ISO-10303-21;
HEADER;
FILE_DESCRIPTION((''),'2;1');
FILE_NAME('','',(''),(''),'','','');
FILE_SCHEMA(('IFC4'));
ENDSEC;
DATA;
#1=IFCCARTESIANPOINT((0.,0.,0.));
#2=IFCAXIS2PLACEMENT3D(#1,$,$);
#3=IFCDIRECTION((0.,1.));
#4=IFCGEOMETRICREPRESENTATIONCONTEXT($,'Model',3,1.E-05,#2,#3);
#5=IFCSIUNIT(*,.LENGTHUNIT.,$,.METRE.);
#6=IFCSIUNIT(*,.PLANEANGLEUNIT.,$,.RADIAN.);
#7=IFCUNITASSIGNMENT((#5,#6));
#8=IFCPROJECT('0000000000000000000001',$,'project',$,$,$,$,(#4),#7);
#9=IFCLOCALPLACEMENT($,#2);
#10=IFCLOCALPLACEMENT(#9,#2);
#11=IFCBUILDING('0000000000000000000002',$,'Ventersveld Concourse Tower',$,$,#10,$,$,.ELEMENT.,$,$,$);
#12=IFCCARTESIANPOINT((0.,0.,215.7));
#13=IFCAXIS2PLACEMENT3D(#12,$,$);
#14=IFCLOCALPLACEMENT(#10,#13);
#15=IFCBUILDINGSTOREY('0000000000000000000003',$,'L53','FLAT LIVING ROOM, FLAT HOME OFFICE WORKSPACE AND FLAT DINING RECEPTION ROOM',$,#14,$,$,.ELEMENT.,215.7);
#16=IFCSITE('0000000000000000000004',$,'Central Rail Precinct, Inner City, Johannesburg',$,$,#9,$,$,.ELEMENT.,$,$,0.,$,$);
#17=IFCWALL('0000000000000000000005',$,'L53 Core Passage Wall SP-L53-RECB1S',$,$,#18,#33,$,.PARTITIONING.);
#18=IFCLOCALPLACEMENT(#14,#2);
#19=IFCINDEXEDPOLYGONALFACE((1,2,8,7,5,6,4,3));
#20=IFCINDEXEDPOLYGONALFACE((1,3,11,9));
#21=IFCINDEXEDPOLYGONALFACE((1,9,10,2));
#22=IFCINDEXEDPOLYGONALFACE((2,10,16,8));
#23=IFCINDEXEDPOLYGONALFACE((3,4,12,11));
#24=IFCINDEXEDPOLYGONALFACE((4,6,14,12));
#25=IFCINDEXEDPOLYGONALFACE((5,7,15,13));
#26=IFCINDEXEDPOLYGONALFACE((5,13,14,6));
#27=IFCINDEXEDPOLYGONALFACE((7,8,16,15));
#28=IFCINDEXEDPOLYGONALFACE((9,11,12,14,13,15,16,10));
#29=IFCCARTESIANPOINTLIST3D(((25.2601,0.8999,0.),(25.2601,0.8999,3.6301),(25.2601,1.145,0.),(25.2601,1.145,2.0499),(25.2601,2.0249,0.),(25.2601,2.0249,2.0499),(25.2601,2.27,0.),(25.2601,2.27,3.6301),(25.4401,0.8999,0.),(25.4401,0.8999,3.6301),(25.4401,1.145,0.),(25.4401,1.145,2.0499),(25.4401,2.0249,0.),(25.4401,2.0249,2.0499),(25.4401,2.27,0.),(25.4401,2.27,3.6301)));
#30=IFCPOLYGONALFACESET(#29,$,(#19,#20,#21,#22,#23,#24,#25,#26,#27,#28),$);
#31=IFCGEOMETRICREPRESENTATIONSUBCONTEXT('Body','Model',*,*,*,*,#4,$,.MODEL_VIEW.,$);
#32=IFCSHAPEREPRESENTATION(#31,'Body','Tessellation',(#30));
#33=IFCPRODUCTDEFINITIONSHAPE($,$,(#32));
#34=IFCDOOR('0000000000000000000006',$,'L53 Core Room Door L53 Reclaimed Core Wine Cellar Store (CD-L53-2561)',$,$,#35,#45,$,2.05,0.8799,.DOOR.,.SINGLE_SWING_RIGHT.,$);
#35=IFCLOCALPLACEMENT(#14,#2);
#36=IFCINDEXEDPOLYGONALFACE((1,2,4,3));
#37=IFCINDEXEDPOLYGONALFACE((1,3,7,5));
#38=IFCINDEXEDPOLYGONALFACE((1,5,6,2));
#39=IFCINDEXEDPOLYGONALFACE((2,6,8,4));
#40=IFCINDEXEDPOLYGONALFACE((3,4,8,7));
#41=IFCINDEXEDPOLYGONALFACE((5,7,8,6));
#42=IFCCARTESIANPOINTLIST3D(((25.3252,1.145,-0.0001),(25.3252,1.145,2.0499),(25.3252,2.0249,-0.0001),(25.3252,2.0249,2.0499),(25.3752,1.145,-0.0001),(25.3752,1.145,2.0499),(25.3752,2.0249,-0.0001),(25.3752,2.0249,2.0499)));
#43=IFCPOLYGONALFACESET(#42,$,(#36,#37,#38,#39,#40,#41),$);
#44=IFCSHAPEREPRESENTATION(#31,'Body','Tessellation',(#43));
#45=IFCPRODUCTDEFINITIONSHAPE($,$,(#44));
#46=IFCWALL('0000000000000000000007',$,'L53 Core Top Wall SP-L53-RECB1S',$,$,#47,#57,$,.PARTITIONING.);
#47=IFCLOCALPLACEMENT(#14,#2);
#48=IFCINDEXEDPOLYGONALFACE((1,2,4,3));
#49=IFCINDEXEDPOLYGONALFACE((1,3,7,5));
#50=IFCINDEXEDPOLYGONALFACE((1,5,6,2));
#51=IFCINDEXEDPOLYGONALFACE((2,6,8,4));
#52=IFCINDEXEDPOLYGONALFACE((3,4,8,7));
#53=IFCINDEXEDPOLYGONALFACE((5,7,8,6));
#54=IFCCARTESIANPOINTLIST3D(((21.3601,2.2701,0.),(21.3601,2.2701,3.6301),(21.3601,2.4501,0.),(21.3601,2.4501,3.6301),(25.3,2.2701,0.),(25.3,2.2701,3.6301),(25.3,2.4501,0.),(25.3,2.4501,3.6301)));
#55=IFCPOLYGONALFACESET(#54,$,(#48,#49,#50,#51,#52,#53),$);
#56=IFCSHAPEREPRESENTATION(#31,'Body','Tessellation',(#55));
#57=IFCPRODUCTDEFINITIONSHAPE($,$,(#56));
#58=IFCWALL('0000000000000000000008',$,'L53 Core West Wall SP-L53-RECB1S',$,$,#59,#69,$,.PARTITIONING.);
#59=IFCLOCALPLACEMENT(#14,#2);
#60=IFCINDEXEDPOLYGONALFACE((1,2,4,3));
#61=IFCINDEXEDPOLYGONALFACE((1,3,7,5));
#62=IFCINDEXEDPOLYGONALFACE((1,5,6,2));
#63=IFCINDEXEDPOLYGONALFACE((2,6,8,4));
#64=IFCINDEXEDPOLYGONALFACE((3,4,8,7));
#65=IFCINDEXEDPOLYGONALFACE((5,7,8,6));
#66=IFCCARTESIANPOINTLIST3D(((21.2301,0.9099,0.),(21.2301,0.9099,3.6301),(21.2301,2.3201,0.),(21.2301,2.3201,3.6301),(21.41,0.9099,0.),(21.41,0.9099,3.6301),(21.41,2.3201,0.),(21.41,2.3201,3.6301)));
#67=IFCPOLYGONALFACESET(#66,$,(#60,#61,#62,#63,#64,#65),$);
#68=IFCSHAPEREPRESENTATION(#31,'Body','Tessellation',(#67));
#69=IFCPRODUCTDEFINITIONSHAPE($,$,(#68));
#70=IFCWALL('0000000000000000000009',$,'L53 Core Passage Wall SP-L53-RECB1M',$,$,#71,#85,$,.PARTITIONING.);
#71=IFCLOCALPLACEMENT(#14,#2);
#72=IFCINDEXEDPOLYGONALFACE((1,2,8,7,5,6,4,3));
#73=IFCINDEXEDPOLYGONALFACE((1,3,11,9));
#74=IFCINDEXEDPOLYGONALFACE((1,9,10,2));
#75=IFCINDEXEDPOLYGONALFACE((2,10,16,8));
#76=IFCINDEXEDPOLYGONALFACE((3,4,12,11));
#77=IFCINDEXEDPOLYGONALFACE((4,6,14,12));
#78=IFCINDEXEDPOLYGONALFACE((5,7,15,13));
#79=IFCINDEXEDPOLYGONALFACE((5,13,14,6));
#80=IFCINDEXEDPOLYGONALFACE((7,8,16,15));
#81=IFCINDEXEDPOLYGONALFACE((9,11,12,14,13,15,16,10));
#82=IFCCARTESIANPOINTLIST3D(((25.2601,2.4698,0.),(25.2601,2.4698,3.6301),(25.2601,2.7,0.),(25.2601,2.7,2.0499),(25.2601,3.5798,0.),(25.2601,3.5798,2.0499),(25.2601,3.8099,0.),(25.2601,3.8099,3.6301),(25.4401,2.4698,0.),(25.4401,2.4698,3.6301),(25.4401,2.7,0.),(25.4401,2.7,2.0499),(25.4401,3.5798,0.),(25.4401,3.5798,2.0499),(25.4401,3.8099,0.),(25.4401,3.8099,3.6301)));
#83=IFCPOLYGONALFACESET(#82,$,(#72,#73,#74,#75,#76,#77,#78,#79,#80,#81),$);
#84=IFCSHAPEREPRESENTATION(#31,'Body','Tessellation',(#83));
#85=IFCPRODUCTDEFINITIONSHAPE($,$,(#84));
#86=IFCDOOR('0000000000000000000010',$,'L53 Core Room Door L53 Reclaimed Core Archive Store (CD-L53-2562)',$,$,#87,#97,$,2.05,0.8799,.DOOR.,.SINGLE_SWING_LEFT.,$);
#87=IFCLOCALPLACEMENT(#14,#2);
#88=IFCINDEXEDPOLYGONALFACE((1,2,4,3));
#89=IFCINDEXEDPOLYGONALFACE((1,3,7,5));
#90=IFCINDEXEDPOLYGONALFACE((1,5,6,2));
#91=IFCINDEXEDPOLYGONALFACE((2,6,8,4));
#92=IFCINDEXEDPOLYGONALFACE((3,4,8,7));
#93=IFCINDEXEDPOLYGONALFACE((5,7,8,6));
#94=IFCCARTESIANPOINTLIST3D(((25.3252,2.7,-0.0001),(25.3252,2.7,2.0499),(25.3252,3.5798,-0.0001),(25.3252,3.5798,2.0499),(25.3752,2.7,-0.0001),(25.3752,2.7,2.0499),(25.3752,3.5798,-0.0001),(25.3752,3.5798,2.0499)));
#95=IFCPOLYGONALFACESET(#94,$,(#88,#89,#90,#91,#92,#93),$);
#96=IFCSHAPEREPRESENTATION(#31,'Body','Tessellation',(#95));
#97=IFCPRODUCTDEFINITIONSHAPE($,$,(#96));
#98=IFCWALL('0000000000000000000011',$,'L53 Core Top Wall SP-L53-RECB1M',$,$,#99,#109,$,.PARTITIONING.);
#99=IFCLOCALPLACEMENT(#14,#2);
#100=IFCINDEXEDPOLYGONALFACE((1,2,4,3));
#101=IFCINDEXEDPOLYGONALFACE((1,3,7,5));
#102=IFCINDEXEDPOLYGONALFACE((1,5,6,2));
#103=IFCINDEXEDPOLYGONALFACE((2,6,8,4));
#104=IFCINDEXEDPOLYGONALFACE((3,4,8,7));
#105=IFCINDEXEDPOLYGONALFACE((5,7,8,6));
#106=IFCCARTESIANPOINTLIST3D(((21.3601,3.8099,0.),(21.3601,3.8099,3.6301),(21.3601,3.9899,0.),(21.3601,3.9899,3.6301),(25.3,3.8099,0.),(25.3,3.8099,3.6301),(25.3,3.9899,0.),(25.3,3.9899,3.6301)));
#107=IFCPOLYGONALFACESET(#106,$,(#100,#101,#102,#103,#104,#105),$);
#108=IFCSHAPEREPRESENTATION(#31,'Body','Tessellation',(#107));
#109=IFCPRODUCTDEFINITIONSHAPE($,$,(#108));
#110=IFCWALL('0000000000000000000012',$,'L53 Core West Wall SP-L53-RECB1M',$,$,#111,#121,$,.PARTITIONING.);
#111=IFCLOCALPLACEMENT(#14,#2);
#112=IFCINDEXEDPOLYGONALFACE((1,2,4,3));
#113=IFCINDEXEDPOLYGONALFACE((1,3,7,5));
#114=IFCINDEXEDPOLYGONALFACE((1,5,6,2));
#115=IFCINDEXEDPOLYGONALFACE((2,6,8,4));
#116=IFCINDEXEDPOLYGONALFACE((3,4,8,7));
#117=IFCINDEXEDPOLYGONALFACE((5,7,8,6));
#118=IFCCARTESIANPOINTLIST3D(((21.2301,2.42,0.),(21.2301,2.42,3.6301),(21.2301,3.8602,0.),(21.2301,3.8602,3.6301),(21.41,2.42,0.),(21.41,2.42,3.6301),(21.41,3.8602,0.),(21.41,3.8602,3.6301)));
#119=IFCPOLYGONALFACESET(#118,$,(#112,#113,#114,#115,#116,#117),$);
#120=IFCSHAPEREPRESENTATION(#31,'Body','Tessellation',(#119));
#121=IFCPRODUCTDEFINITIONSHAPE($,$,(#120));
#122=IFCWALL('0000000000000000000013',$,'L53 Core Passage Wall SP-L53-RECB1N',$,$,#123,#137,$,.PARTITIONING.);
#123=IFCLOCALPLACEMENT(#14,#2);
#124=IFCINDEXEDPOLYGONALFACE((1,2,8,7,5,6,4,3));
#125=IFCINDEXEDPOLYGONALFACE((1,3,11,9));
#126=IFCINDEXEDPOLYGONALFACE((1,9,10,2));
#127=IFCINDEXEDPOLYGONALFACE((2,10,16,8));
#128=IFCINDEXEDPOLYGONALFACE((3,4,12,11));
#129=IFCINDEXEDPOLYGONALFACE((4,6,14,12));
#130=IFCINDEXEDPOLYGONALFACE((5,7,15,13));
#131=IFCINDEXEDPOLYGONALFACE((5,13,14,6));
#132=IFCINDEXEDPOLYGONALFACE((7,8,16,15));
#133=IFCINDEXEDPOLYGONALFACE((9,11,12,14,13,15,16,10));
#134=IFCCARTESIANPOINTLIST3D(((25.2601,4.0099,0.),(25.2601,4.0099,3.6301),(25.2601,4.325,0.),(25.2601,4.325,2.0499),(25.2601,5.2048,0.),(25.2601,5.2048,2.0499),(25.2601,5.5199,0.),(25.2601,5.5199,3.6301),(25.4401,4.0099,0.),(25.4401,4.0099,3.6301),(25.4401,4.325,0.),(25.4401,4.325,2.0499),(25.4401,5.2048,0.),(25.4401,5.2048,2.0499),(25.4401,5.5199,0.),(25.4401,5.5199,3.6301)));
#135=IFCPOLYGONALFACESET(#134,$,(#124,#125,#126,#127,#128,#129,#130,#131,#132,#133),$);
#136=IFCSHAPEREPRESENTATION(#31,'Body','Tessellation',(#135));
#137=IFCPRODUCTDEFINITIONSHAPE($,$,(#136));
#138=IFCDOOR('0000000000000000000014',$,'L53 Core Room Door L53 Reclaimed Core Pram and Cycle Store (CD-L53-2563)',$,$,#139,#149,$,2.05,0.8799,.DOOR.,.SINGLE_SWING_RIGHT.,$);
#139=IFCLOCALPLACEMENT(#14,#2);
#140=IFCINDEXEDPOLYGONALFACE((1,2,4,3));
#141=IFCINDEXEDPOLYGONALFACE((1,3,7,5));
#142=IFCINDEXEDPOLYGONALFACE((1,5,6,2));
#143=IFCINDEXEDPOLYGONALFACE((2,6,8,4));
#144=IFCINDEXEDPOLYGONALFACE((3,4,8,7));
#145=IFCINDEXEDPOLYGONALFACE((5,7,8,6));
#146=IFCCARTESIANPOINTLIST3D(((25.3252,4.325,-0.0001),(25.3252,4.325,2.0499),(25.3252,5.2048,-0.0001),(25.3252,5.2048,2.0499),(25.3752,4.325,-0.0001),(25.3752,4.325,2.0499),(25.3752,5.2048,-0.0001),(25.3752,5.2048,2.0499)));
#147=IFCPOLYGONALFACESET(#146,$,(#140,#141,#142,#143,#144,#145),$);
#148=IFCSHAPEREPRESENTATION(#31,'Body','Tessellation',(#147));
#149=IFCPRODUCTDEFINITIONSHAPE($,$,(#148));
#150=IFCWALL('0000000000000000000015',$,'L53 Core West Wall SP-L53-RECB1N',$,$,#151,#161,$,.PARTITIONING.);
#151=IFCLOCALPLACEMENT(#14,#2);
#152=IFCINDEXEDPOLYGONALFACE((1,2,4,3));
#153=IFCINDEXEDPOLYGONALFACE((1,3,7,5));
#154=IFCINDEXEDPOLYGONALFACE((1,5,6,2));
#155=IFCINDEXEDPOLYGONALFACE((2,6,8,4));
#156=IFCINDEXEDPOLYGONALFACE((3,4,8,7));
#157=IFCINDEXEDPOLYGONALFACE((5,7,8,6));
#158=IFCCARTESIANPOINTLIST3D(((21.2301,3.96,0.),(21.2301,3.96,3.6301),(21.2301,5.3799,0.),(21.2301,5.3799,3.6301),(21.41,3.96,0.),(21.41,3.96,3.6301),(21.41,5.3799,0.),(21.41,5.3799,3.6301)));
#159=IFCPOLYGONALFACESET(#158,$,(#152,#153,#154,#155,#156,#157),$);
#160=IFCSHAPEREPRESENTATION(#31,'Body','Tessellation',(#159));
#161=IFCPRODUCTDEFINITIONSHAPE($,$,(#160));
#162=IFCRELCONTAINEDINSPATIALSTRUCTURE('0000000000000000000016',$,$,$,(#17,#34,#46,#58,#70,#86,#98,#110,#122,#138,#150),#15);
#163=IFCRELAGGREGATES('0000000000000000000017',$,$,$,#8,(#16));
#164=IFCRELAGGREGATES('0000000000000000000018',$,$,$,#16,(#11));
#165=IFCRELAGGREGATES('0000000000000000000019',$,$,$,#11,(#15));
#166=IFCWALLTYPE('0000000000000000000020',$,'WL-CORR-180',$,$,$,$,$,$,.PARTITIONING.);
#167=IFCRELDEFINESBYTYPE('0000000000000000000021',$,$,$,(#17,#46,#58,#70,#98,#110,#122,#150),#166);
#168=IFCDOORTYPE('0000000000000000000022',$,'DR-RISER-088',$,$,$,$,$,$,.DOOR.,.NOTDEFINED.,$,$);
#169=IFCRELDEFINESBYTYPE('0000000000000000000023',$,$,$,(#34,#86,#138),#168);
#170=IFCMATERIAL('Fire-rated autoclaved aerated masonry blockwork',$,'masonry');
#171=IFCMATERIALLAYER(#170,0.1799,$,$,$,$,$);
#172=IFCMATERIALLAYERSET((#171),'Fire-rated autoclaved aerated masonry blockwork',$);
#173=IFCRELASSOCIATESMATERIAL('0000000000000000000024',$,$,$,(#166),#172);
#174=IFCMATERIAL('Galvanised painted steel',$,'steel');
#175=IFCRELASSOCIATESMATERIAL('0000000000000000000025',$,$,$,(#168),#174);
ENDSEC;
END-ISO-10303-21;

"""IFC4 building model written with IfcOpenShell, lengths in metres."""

from ifc_helpers import new_model, si_unit, direction, frame, frame_2d, origin, place, context, subcontext, project, spatial, rectangle, extrude, material, layer, layer_set, type_object, element, fill, save


model = new_model("IFC4")

# Units and contexts
model_context = context("Model", 3, precision=1e-05, world=origin(), true_north=direction((0.0, 1.0)))
body_context = subcontext(model_context, "Body", "Model", "MODEL_VIEW")
ifc_project = project(units=[si_unit("LENGTHUNIT", "METRE"), si_unit("PLANEANGLEUNIT", "RADIAN")], contexts=[model_context])

# Site, building, storey
site_placement = place(None, origin())
site = spatial("IfcSite", under=ifc_project, at=site_placement, Name="Central Rail Precinct, Inner City, Johannesburg", CompositionType="ELEMENT", RefElevation=0.0)
building_placement = place(site_placement, origin())
building = spatial("IfcBuilding", under=site, at=building_placement, Name="Ventersveld Concourse Tower", CompositionType="ELEMENT")
storey_placement = place(building_placement, frame((0.0, 0.0, 215.7)))
storey = spatial("IfcBuildingStorey", under=building, at=storey_placement, Name="L53", Description="FLAT LIVING ROOM, FLAT HOME OFFICE WORKSPACE AND FLAT DINING RECEPTION ROOM", CompositionType="ELEMENT", Elevation=215.7)

# Wall, opening, door
ifc_material_1 = material(Name="Fire-rated autoclaved aerated masonry blockwork", Category="masonry")
ifc_layer_1 = layer(ifc_material_1, 0.1799)
ifc_layer_set_1 = layer_set([ifc_layer_1], Name="Fire-rated autoclaved aerated masonry blockwork")
wall_type_1 = type_object("IfcWallType", Name="WL-CORR-180", PredefinedType="PARTITIONING", material=ifc_layer_set_1)
wall_1_placement = place(storey_placement, frame((25.3501, 0.8999, 0.0), z_axis=(0.0, 0.0, 1.0), x_axis=(0.0, 1.0, 0.0)))
wall_1 = element("IfcWall", 1, at=wall_1_placement, inside=storey, type_object=wall_type_1, Name="L53 Core Passage Wall SP-L53-RECB1S", PredefinedType="PARTITIONING", context=body_context, shape_type="SweptSolid", body=[
    extrude(rectangle(XDim=1.3701, YDim=0.1799, at=frame_2d((0.6851, 0.0))), origin(), (0.0, 0.0, 1.0), 3.6301),
])
opening_1_placement = place(wall_1_placement, frame((0.2451, 0.0, 0.0)))
opening_1 = element("IfcOpeningElement", 2, at=opening_1_placement, cuts=wall_1, PredefinedType="OPENING", context=body_context, shape_type="SweptSolid", body=[
    extrude(rectangle(XDim=0.8799, YDim=2.05, at=frame_2d((0.4399, 1.0249))), frame((0.0, 0.1001, 0.0), z_axis=(0.0, -1.0, 0.0), x_axis=(1.0, 0.0, 0.0)), (0.0, 0.0, 1.0), 0.2),
])
ifc_material_2 = material(Name="Galvanised painted steel", Category="steel")
door_type = type_object("IfcDoorType", Name="DR-RISER-088", OperationType="NOTDEFINED", PredefinedType="DOOR", material=ifc_material_2)
door_1_placement = place(opening_1_placement, origin())
door_1 = element("IfcDoor", 3, at=door_1_placement, inside=storey, type_object=door_type, Name="L53 Core Room Door L53 Reclaimed Core Wine Cellar Store (CD-L53-2561)", OperationType="SINGLE_SWING_RIGHT", OverallHeight=2.05, OverallWidth=0.8799, PredefinedType="DOOR", context=body_context, shape_type="SweptSolid", body=[
    extrude(rectangle(XDim=0.8799, YDim=2.05, at=frame_2d((0.4399, 1.0249))), frame((0.0, 0.0249, 0.0), z_axis=(0.0, -1.0, 0.0), x_axis=(1.0, 0.0, 0.0)), (0.0, 0.0, 1.0), 0.05),
])
fill(opening_1, door_1)

# Walls
wall_2_placement = place(storey_placement, frame((21.3601, 2.3601, 0.0), z_axis=(0.0, 0.0, 1.0), x_axis=(1.0, 0.0, 0.0)))
element("IfcWall", 4, at=wall_2_placement, inside=storey, type_object=wall_type_1, Name="L53 Core Top Wall SP-L53-RECB1S", PredefinedType="PARTITIONING", context=body_context, shape_type="SweptSolid", body=[
    extrude(rectangle(XDim=3.9399, YDim=0.1799, at=frame_2d((1.97, 0.0))), origin(), (0.0, 0.0, 1.0), 3.6301),
])
wall_3_placement = place(storey_placement, frame((21.3201, 0.9099, 0.0), z_axis=(0.0, 0.0, 1.0), x_axis=(0.0, 1.0, 0.0)))
element("IfcWall", 5, at=wall_3_placement, inside=storey, type_object=wall_type_1, Name="L53 Core West Wall SP-L53-RECB1S", PredefinedType="PARTITIONING", context=body_context, shape_type="SweptSolid", body=[
    extrude(rectangle(XDim=1.4102, YDim=0.1799, at=frame_2d((0.7051, 0.0))), origin(), (0.0, 0.0, 1.0), 3.6301),
])

# Wall, opening, door
wall_4_placement = place(storey_placement, frame((25.3501, 2.47, 0.0), z_axis=(0.0, 0.0, 1.0), x_axis=(0.0, 1.0, 0.0)))
wall_4 = element("IfcWall", 6, at=wall_4_placement, inside=storey, type_object=wall_type_1, Name="L53 Core Passage Wall SP-L53-RECB1M", PredefinedType="PARTITIONING", context=body_context, shape_type="SweptSolid", body=[
    extrude(rectangle(XDim=1.3401, YDim=0.1799, at=frame_2d((0.6699, 0.0))), origin(), (0.0, 0.0, 1.0), 3.6301),
])
opening_2_placement = place(wall_4_placement, frame((0.23, 0.0, 0.0)))
opening_2 = element("IfcOpeningElement", 7, at=opening_2_placement, cuts=wall_4, PredefinedType="OPENING", context=body_context, shape_type="SweptSolid", body=[
    extrude(rectangle(XDim=0.8799, YDim=2.05, at=frame_2d((0.4399, 1.0249))), frame((0.0, 0.1001, 0.0), z_axis=(0.0, -1.0, 0.0), x_axis=(1.0, 0.0, 0.0)), (0.0, 0.0, 1.0), 0.2),
])
door_2_placement = place(opening_2_placement, origin())
door_2 = element("IfcDoor", 8, at=door_2_placement, inside=storey, type_object=door_type, Name="L53 Core Room Door L53 Reclaimed Core Archive Store (CD-L53-2562)", OperationType="SINGLE_SWING_LEFT", OverallHeight=2.05, OverallWidth=0.8799, PredefinedType="DOOR", context=body_context, shape_type="SweptSolid", body=[
    extrude(rectangle(XDim=0.8799, YDim=2.05, at=frame_2d((0.4399, 1.0249))), frame((0.0, 0.0249, 0.0), z_axis=(0.0, -1.0, 0.0), x_axis=(1.0, 0.0, 0.0)), (0.0, 0.0, 1.0), 0.05),
])
fill(opening_2, door_2)

# Walls
wall_5_placement = place(storey_placement, frame((21.3601, 3.8999, 0.0), z_axis=(0.0, 0.0, 1.0), x_axis=(1.0, 0.0, 0.0)))
element("IfcWall", 9, at=wall_5_placement, inside=storey, type_object=wall_type_1, Name="L53 Core Top Wall SP-L53-RECB1M", PredefinedType="PARTITIONING", context=body_context, shape_type="SweptSolid", body=[
    extrude(rectangle(XDim=3.9399, YDim=0.1799, at=frame_2d((1.97, 0.0))), origin(), (0.0, 0.0, 1.0), 3.6301),
])
wall_6_placement = place(storey_placement, frame((21.3201, 2.4199, 0.0), z_axis=(0.0, 0.0, 1.0), x_axis=(0.0, 1.0, 0.0)))
element("IfcWall", 10, at=wall_6_placement, inside=storey, type_object=wall_type_1, Name="L53 Core West Wall SP-L53-RECB1M", PredefinedType="PARTITIONING", context=body_context, shape_type="SweptSolid", body=[
    extrude(rectangle(XDim=1.4402, YDim=0.1799, at=frame_2d((0.7202, 0.0))), origin(), (0.0, 0.0, 1.0), 3.6301),
])

# Wall, opening, door
wall_7_placement = place(storey_placement, frame((25.3501, 4.01, 0.0), z_axis=(0.0, 0.0, 1.0), x_axis=(0.0, 1.0, 0.0)))
wall_7 = element("IfcWall", 11, at=wall_7_placement, inside=storey, type_object=wall_type_1, Name="L53 Core Passage Wall SP-L53-RECB1N", PredefinedType="PARTITIONING", context=body_context, shape_type="SweptSolid", body=[
    extrude(rectangle(XDim=1.51, YDim=0.1799, at=frame_2d((0.7549, 0.0))), origin(), (0.0, 0.0, 1.0), 3.6301),
])
opening_3_placement = place(wall_7_placement, frame((0.3149, 0.0, 0.0)))
opening_3 = element("IfcOpeningElement", 12, at=opening_3_placement, cuts=wall_7, PredefinedType="OPENING", context=body_context, shape_type="SweptSolid", body=[
    extrude(rectangle(XDim=0.8799, YDim=2.05, at=frame_2d((0.4399, 1.0249))), frame((0.0, 0.1001, 0.0), z_axis=(0.0, -1.0, 0.0), x_axis=(1.0, 0.0, 0.0)), (0.0, 0.0, 1.0), 0.2),
])
door_3_placement = place(opening_3_placement, origin())
door_3 = element("IfcDoor", 13, at=door_3_placement, inside=storey, type_object=door_type, Name="L53 Core Room Door L53 Reclaimed Core Pram and Cycle Store (CD-L53-2563)", OperationType="SINGLE_SWING_RIGHT", OverallHeight=2.05, OverallWidth=0.8799, PredefinedType="DOOR", context=body_context, shape_type="SweptSolid", body=[
    extrude(rectangle(XDim=0.8799, YDim=2.05, at=frame_2d((0.4399, 1.0249))), frame((0.0, 0.0249, 0.0), z_axis=(0.0, -1.0, 0.0), x_axis=(1.0, 0.0, 0.0)), (0.0, 0.0, 1.0), 0.05),
])
fill(opening_3, door_3)

# Wall
wall_8_placement = place(storey_placement, frame((21.3201, 3.96, 0.0), z_axis=(0.0, 0.0, 1.0), x_axis=(0.0, 1.0, 0.0)))
element("IfcWall", 14, at=wall_8_placement, inside=storey, type_object=wall_type_1, Name="L53 Core West Wall SP-L53-RECB1N", PredefinedType="PARTITIONING", context=body_context, shape_type="SweptSolid", body=[
    extrude(rectangle(XDim=1.4199, YDim=0.1799, at=frame_2d((0.71, 0.0))), origin(), (0.0, 0.0, 1.0), 3.6301),
])

save(model, "model.ifc")
